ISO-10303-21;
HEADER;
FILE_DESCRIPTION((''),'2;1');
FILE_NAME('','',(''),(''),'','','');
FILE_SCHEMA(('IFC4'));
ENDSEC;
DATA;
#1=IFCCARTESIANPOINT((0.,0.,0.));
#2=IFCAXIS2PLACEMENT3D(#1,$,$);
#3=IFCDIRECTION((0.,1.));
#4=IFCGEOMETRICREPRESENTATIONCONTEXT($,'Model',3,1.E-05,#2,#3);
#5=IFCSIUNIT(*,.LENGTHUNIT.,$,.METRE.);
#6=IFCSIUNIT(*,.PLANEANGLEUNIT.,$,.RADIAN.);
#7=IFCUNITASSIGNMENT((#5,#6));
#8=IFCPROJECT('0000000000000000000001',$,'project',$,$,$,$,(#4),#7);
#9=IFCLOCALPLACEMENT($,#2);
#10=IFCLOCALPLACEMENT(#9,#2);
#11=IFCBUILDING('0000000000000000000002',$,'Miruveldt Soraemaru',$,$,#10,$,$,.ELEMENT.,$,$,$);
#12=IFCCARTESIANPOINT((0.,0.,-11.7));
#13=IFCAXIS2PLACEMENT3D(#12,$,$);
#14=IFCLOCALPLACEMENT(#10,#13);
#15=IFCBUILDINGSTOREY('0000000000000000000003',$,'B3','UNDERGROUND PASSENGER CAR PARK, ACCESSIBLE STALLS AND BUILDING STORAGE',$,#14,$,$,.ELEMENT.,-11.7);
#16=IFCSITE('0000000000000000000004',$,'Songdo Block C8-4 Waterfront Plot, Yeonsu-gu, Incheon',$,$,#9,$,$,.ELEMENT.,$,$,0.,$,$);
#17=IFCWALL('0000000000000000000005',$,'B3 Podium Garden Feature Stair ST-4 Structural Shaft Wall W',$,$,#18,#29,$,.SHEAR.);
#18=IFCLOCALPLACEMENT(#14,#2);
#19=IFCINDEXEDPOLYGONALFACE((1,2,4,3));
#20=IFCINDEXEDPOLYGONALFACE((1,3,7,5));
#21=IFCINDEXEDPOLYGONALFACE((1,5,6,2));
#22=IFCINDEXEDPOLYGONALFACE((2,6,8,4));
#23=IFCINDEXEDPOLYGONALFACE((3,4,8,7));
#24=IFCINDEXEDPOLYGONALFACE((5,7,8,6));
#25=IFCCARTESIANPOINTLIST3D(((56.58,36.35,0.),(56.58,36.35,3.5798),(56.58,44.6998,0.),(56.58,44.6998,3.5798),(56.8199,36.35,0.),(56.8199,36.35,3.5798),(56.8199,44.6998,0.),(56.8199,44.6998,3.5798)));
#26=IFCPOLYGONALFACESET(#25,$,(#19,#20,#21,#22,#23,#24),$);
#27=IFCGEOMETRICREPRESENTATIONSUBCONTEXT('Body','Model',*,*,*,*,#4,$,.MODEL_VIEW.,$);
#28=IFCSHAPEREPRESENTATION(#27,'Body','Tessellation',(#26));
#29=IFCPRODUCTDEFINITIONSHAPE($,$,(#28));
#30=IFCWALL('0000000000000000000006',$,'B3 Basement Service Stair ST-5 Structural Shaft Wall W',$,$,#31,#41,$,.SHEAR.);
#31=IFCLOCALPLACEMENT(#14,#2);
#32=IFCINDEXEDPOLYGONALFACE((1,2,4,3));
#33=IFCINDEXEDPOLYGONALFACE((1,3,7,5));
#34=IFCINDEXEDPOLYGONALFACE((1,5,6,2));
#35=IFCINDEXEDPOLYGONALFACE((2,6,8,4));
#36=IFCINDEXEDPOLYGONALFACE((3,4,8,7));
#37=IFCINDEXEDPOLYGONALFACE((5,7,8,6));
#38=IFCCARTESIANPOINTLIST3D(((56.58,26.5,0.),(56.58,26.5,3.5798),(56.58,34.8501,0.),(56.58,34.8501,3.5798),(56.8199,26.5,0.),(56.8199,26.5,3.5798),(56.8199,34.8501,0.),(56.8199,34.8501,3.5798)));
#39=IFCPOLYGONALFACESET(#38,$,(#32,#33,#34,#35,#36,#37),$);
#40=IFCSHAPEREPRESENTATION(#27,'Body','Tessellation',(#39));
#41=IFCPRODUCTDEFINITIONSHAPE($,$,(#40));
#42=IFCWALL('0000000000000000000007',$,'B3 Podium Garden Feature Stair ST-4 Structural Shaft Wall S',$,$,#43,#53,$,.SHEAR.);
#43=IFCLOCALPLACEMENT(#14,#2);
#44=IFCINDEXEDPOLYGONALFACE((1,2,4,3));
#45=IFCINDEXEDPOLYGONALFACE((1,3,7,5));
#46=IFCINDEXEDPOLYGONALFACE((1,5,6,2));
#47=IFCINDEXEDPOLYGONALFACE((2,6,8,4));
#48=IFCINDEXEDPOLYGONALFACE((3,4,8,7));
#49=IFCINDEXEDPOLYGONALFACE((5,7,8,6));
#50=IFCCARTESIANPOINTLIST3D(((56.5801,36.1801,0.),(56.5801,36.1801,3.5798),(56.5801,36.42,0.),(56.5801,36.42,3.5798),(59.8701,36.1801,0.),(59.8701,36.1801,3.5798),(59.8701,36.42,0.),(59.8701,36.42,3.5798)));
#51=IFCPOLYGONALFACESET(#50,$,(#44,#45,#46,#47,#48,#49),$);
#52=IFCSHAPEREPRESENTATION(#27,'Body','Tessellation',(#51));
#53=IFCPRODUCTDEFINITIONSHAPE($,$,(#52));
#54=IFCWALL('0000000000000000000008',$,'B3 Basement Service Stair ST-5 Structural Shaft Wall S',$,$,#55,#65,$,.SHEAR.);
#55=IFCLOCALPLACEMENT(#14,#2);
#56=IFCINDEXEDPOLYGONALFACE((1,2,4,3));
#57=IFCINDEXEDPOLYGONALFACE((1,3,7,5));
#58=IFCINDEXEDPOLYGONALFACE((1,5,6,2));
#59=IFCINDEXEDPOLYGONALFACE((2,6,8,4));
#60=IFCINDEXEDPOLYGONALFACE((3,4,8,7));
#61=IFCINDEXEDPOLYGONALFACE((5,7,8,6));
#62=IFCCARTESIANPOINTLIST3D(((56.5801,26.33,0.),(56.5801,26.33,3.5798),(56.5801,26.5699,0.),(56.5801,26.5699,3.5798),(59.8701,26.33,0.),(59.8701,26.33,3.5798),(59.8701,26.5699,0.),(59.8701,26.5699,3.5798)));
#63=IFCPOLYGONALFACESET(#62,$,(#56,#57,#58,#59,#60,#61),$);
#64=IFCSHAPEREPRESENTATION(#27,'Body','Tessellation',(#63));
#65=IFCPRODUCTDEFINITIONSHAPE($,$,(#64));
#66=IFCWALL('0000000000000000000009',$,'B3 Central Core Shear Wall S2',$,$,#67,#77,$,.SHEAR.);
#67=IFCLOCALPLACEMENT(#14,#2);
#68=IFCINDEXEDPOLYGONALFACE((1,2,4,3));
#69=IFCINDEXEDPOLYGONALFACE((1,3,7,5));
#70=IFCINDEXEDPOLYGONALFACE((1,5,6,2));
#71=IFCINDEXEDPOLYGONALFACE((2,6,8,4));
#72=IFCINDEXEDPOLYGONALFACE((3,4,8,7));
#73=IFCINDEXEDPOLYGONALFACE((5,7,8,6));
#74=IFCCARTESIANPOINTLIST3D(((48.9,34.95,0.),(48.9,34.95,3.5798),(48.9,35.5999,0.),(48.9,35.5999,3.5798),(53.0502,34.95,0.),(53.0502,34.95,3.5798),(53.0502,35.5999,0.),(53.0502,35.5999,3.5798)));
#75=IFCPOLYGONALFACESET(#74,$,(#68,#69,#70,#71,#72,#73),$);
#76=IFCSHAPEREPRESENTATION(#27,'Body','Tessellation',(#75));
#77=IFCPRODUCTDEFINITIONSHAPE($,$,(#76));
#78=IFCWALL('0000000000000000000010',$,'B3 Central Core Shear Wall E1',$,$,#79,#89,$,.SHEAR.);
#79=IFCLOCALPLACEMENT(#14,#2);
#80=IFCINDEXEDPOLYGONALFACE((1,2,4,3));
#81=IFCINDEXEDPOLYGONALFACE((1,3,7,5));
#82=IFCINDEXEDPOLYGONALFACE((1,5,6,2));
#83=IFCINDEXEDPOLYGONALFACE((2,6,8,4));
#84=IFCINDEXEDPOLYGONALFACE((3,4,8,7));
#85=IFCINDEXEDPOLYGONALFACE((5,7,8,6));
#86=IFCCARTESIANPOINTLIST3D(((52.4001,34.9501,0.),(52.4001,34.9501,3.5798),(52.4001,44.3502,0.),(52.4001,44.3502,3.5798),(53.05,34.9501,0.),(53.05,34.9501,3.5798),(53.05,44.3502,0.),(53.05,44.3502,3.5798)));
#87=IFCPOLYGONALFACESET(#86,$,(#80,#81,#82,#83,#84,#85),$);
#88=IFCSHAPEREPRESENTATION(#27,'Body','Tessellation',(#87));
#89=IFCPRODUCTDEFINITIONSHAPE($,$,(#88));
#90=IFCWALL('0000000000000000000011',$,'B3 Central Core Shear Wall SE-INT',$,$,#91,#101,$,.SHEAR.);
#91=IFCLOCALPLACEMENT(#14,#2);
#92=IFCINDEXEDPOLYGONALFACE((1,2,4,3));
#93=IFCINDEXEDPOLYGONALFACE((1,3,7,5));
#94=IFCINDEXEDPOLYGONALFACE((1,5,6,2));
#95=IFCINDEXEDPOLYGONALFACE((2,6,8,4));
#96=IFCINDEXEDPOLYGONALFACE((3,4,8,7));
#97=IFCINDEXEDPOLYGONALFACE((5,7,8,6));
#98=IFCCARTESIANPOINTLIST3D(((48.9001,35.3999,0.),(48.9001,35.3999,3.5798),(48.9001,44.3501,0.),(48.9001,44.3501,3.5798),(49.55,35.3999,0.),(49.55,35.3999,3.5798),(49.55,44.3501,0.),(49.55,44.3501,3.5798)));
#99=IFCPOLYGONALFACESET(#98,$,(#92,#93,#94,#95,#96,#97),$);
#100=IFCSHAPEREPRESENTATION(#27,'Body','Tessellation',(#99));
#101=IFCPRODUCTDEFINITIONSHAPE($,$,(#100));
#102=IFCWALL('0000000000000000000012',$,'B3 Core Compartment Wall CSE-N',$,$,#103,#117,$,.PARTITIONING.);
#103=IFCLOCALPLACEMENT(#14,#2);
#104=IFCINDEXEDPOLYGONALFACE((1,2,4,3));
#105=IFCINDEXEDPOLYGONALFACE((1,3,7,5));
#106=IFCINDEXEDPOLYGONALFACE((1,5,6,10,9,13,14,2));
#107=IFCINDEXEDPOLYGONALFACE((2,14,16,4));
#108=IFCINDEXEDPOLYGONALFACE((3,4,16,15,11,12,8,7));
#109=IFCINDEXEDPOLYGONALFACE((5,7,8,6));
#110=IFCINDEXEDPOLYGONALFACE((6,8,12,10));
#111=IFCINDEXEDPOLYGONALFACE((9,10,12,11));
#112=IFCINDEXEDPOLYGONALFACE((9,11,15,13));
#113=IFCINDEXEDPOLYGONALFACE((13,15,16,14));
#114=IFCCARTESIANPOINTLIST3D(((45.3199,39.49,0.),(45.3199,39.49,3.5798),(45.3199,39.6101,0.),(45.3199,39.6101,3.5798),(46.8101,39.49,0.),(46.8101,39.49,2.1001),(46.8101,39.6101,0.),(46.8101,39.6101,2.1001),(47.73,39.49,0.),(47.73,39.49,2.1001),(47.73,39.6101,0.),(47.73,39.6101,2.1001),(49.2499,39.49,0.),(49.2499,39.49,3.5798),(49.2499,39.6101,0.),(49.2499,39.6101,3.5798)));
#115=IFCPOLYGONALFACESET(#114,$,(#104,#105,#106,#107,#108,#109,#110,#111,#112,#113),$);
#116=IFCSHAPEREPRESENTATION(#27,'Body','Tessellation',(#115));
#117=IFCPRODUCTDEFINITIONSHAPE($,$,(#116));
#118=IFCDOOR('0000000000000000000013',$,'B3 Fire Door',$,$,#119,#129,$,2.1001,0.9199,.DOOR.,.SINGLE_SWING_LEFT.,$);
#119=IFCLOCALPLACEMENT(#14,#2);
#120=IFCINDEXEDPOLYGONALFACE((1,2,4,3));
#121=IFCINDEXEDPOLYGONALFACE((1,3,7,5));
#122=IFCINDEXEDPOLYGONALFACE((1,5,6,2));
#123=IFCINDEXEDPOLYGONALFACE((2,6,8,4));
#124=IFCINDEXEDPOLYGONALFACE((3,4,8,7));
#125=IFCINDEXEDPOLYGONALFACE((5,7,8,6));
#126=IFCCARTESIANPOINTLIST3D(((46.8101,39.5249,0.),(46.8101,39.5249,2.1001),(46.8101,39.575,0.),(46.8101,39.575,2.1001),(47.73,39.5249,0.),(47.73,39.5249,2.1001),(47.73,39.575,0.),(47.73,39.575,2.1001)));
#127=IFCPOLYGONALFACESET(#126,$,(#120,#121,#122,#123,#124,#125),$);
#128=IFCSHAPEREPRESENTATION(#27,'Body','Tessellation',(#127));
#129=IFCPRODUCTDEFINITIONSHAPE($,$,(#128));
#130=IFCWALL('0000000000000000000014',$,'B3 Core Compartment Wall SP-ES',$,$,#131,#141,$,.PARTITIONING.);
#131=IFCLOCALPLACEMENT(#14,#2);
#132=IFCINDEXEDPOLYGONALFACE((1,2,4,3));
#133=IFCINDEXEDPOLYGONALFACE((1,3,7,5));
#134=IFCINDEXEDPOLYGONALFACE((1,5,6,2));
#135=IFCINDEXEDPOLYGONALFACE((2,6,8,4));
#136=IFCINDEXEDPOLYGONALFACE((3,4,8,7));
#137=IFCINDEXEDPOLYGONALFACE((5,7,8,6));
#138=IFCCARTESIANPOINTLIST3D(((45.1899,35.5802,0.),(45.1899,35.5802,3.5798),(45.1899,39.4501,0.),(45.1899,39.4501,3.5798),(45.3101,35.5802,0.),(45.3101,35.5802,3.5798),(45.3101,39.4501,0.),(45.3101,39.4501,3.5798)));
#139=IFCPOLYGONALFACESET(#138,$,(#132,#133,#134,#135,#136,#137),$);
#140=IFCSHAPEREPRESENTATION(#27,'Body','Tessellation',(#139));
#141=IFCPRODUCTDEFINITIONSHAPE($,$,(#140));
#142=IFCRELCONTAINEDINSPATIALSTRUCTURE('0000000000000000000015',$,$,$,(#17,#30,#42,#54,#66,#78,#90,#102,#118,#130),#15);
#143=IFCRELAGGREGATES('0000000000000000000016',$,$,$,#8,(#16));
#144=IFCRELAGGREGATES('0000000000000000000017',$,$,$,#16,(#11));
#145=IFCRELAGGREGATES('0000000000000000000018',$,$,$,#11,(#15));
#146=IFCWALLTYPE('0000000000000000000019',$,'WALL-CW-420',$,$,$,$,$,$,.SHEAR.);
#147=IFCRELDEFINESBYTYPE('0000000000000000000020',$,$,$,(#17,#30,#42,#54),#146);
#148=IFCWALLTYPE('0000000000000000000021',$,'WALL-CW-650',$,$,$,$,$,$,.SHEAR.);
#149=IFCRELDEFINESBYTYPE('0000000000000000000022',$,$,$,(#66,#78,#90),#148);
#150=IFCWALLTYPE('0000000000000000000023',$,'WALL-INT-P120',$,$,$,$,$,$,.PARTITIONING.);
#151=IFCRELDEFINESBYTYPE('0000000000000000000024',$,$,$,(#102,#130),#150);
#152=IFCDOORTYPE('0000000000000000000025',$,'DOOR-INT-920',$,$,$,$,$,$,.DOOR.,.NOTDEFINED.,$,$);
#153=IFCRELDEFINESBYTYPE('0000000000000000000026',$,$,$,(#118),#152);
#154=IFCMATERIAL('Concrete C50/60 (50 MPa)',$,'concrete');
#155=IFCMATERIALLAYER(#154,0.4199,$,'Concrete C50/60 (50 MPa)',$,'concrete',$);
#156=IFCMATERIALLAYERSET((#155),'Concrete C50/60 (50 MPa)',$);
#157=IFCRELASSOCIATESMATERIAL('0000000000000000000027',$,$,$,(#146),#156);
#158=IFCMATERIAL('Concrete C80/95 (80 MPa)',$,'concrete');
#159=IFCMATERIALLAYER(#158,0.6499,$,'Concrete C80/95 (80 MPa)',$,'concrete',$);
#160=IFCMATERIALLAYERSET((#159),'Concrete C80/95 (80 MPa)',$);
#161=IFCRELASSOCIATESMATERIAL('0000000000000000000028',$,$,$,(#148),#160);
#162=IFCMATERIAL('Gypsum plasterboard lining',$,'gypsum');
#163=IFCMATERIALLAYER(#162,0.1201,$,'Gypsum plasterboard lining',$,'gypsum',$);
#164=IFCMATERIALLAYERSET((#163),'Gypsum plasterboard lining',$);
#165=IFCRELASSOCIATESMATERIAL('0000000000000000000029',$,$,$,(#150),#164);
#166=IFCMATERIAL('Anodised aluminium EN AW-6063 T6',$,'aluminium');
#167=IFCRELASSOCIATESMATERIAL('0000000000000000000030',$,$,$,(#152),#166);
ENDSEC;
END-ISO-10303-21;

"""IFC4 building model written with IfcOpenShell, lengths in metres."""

from ifc_helpers import new_model, si_unit, direction, frame, frame_2d, origin, place, context, subcontext, project, spatial, rectangle, extrude, material, layer, layer_set, type_object, element, fill, save


model = new_model("IFC4")

# Units and contexts
model_context = context("Model", 3, precision=1e-05, world=origin(), true_north=direction((0.0, 1.0)))
body_context = subcontext(model_context, "Body", "Model", "MODEL_VIEW")
ifc_project = project(units=[si_unit("LENGTHUNIT", "METRE"), si_unit("PLANEANGLEUNIT", "RADIAN")], contexts=[model_context])

# Site, building, storey
site_placement = place(None, origin())
site = spatial("IfcSite", under=ifc_project, at=site_placement, Name="Songdo Block C8-4 Waterfront Plot, Yeonsu-gu, Incheon", CompositionType="ELEMENT", RefElevation=0.0)
building_placement = place(site_placement, origin())
building = spatial("IfcBuilding", under=site, at=building_placement, Name="Miruveldt Soraemaru", CompositionType="ELEMENT")
storey_placement = place(building_placement, frame((0.0, 0.0, -11.7)))
storey = spatial("IfcBuildingStorey", under=building, at=storey_placement, Name="B3", Description="UNDERGROUND PASSENGER CAR PARK, ACCESSIBLE STALLS AND BUILDING STORAGE", CompositionType="ELEMENT", Elevation=-11.7)

# Shared definitions
ifc_material_1 = material(Name="Concrete C80/95 (80 MPa)", Category="concrete")

# Shared definitions
ifc_material_2 = material(Name="Concrete C50/60 (50 MPa)", Category="concrete")

# Shared definitions
ifc_layer_1 = layer(ifc_material_2, 0.4199, Name="Concrete C50/60 (50 MPa)", Category="concrete")
ifc_layer_set_1 = layer_set([ifc_layer_1], Name="Concrete C50/60 (50 MPa)")
wall_type_1 = type_object("IfcWallType", Name="WALL-CW-420", PredefinedType="SHEAR", material=ifc_layer_set_1)
ifc_material_3 = material(Name="Anodised aluminium EN AW-6063 T6", Category="aluminium")

# Walls
wall_1_placement = place(storey_placement, frame((56.7, 36.3501, 0.0), z_axis=(0.0, 0.0, 1.0), x_axis=(0.0, 1.0, 0.0)))
element("IfcWall", 1, at=wall_1_placement, inside=storey, type_object=wall_type_1, Name="B3 Podium Garden Feature Stair ST-4 Structural Shaft Wall W", PredefinedType="SHEAR", context=body_context, shape_type="SweptSolid", body=[
    extrude(rectangle(XDim=8.3499, YDim=0.24, at=frame_2d((4.1748, 0.0))), origin(), (0.0, 0.0, 1.0), 3.5798),
])
wall_2_placement = place(storey_placement, frame((56.7, 26.5, 0.0), z_axis=(0.0, 0.0, 1.0), x_axis=(0.0, 1.0, 0.0)))
element("IfcWall", 2, at=wall_2_placement, inside=storey, type_object=wall_type_1, Name="B3 Basement Service Stair ST-5 Structural Shaft Wall W", PredefinedType="SHEAR", context=body_context, shape_type="SweptSolid", body=[
    extrude(rectangle(XDim=8.3501, YDim=0.24, at=frame_2d((4.175, 0.0))), origin(), (0.0, 0.0, 1.0), 3.5798),
])
for number, where, z_axis, x_axis, name in (
    (3, (56.5801, 36.3, 0.0), (0.0, 0.0, 1.0), (1.0, 0.0, 0.0), "B3 Podium Garden Feature Stair ST-4 Structural Shaft Wall S"),
    (4, (56.5801, 26.45, 0.0), (0.0, 0.0, 1.0), (1.0, 0.0, 0.0), "B3 Basement Service Stair ST-5 Structural Shaft Wall S"),
):
    element("IfcWall", number, at=place(storey_placement, frame(where, z_axis=z_axis, x_axis=x_axis)), inside=storey, type_object=wall_type_1, Name=name, PredefinedType="SHEAR", context=body_context, shape_type="SweptSolid", body=[
        extrude(rectangle(XDim=3.29, YDim=0.24, at=frame_2d((1.645, 0.0))), origin(), (0.0, 0.0, 1.0), 3.5798),
    ])
ifc_layer_2 = layer(ifc_material_1, 0.6499, Name="Concrete C80/95 (80 MPa)", Category="concrete")
ifc_layer_set_2 = layer_set([ifc_layer_2], Name="Concrete C80/95 (80 MPa)")
wall_type_2 = type_object("IfcWallType", Name="WALL-CW-650", PredefinedType="SHEAR", material=ifc_layer_set_2)
wall_3_placement = place(storey_placement, frame((48.8999, 35.2749, 0.0), z_axis=(0.0, 0.0, 1.0), x_axis=(1.0, 0.0, 0.0)))
element("IfcWall", 5, at=wall_3_placement, inside=storey, type_object=wall_type_2, Name="B3 Central Core Shear Wall S2", PredefinedType="SHEAR", context=body_context, shape_type="SweptSolid", body=[
    extrude(rectangle(XDim=4.1501, YDim=0.6499, at=frame_2d((2.0752, 0.0))), origin(), (0.0, 0.0, 1.0), 3.5798),
])
wall_4_placement = place(storey_placement, frame((52.7251, 34.95, 0.0), z_axis=(0.0, 0.0, 1.0), x_axis=(0.0, 1.0, 0.0)))
element("IfcWall", 6, at=wall_4_placement, inside=storey, type_object=wall_type_2, Name="B3 Central Core Shear Wall E1", PredefinedType="SHEAR", context=body_context, shape_type="SweptSolid", body=[
    extrude(rectangle(XDim=9.4001, YDim=0.6499, at=frame_2d((4.7002, 0.0))), origin(), (0.0, 0.0, 1.0), 3.5798),
])
wall_5_placement = place(storey_placement, frame((49.2251, 35.3999, 0.0), z_axis=(0.0, 0.0, 1.0), x_axis=(0.0, 1.0, 0.0)))
element("IfcWall", 7, at=wall_5_placement, inside=storey, type_object=wall_type_2, Name="B3 Central Core Shear Wall SE-INT", PredefinedType="SHEAR", context=body_context, shape_type="SweptSolid", body=[
    extrude(rectangle(XDim=8.9502, YDim=0.6499, at=frame_2d((4.4751, 0.0))), origin(), (0.0, 0.0, 1.0), 3.5798),
])

# Wall, opening, door
ifc_material_4 = material(Name="Gypsum plasterboard lining", Category="gypsum")
ifc_layer_3 = layer(ifc_material_4, 0.1201, Name="Gypsum plasterboard lining", Category="gypsum")
ifc_layer_set_3 = layer_set([ifc_layer_3], Name="Gypsum plasterboard lining")
wall_type_3 = type_object("IfcWallType", Name="WALL-INT-P120", PredefinedType="PARTITIONING", material=ifc_layer_set_3)
wall_6_placement = place(storey_placement, frame((45.3201, 39.55, 0.0), z_axis=(0.0, 0.0, 1.0), x_axis=(1.0, 0.0, 0.0)))
wall_6 = element("IfcWall", 8, at=wall_6_placement, inside=storey, type_object=wall_type_3, Name="B3 Core Compartment Wall CSE-N", PredefinedType="PARTITIONING", context=body_context, shape_type="SweptSolid", body=[
    extrude(rectangle(XDim=3.9299, YDim=0.1201, at=frame_2d((1.9648, 0.0))), origin(), (0.0, 0.0, 1.0), 3.5798),
])
opening_1_placement = place(wall_6_placement, frame((1.49, 0.0, 0.0)))
opening_1 = element("IfcOpeningElement", 9, at=opening_1_placement, cuts=wall_6, PredefinedType="OPENING", context=body_context, shape_type="SweptSolid", body=[
    extrude(rectangle(XDim=0.9199, YDim=2.1001, at=frame_2d((0.46, 1.05))), frame((0.0, 0.0701, 0.0), z_axis=(0.0, -1.0, 0.0), x_axis=(1.0, 0.0, 0.0)), (0.0, 0.0, 1.0), 0.1401),
])
door_type_1 = type_object("IfcDoorType", Name="DOOR-INT-920", OperationType="NOTDEFINED", PredefinedType="DOOR", material=ifc_material_3)
door_1_placement = place(opening_1_placement, origin())
door_1 = element("IfcDoor", 10, at=door_1_placement, inside=storey, type_object=door_type_1, Name="B3 Fire Door", OperationType="SINGLE_SWING_LEFT", OverallHeight=2.1001, OverallWidth=0.9199, PredefinedType="DOOR", context=body_context, shape_type="SweptSolid", body=[
    extrude(rectangle(XDim=0.9199, YDim=2.1001, at=frame_2d((0.46, 1.05))), frame((0.0, 0.0249, 0.0), z_axis=(0.0, -1.0, 0.0), x_axis=(1.0, 0.0, 0.0)), (0.0, 0.0, 1.0), 0.05),
])
fill(opening_1, door_1)

# Wall
wall_7_placement = place(storey_placement, frame((45.25, 35.5801, 0.0), z_axis=(0.0, 0.0, 1.0), x_axis=(0.0, 1.0, 0.0)))
element("IfcWall", 11, at=wall_7_placement, inside=storey, type_object=wall_type_3, Name="B3 Core Compartment Wall SP-ES", PredefinedType="PARTITIONING", context=body_context, shape_type="SweptSolid", body=[
    extrude(rectangle(XDim=3.8699, YDim=0.1201, at=frame_2d((1.9351, 0.0))), origin(), (0.0, 0.0, 1.0), 3.5798),
])

save(model, "model.ifc")
